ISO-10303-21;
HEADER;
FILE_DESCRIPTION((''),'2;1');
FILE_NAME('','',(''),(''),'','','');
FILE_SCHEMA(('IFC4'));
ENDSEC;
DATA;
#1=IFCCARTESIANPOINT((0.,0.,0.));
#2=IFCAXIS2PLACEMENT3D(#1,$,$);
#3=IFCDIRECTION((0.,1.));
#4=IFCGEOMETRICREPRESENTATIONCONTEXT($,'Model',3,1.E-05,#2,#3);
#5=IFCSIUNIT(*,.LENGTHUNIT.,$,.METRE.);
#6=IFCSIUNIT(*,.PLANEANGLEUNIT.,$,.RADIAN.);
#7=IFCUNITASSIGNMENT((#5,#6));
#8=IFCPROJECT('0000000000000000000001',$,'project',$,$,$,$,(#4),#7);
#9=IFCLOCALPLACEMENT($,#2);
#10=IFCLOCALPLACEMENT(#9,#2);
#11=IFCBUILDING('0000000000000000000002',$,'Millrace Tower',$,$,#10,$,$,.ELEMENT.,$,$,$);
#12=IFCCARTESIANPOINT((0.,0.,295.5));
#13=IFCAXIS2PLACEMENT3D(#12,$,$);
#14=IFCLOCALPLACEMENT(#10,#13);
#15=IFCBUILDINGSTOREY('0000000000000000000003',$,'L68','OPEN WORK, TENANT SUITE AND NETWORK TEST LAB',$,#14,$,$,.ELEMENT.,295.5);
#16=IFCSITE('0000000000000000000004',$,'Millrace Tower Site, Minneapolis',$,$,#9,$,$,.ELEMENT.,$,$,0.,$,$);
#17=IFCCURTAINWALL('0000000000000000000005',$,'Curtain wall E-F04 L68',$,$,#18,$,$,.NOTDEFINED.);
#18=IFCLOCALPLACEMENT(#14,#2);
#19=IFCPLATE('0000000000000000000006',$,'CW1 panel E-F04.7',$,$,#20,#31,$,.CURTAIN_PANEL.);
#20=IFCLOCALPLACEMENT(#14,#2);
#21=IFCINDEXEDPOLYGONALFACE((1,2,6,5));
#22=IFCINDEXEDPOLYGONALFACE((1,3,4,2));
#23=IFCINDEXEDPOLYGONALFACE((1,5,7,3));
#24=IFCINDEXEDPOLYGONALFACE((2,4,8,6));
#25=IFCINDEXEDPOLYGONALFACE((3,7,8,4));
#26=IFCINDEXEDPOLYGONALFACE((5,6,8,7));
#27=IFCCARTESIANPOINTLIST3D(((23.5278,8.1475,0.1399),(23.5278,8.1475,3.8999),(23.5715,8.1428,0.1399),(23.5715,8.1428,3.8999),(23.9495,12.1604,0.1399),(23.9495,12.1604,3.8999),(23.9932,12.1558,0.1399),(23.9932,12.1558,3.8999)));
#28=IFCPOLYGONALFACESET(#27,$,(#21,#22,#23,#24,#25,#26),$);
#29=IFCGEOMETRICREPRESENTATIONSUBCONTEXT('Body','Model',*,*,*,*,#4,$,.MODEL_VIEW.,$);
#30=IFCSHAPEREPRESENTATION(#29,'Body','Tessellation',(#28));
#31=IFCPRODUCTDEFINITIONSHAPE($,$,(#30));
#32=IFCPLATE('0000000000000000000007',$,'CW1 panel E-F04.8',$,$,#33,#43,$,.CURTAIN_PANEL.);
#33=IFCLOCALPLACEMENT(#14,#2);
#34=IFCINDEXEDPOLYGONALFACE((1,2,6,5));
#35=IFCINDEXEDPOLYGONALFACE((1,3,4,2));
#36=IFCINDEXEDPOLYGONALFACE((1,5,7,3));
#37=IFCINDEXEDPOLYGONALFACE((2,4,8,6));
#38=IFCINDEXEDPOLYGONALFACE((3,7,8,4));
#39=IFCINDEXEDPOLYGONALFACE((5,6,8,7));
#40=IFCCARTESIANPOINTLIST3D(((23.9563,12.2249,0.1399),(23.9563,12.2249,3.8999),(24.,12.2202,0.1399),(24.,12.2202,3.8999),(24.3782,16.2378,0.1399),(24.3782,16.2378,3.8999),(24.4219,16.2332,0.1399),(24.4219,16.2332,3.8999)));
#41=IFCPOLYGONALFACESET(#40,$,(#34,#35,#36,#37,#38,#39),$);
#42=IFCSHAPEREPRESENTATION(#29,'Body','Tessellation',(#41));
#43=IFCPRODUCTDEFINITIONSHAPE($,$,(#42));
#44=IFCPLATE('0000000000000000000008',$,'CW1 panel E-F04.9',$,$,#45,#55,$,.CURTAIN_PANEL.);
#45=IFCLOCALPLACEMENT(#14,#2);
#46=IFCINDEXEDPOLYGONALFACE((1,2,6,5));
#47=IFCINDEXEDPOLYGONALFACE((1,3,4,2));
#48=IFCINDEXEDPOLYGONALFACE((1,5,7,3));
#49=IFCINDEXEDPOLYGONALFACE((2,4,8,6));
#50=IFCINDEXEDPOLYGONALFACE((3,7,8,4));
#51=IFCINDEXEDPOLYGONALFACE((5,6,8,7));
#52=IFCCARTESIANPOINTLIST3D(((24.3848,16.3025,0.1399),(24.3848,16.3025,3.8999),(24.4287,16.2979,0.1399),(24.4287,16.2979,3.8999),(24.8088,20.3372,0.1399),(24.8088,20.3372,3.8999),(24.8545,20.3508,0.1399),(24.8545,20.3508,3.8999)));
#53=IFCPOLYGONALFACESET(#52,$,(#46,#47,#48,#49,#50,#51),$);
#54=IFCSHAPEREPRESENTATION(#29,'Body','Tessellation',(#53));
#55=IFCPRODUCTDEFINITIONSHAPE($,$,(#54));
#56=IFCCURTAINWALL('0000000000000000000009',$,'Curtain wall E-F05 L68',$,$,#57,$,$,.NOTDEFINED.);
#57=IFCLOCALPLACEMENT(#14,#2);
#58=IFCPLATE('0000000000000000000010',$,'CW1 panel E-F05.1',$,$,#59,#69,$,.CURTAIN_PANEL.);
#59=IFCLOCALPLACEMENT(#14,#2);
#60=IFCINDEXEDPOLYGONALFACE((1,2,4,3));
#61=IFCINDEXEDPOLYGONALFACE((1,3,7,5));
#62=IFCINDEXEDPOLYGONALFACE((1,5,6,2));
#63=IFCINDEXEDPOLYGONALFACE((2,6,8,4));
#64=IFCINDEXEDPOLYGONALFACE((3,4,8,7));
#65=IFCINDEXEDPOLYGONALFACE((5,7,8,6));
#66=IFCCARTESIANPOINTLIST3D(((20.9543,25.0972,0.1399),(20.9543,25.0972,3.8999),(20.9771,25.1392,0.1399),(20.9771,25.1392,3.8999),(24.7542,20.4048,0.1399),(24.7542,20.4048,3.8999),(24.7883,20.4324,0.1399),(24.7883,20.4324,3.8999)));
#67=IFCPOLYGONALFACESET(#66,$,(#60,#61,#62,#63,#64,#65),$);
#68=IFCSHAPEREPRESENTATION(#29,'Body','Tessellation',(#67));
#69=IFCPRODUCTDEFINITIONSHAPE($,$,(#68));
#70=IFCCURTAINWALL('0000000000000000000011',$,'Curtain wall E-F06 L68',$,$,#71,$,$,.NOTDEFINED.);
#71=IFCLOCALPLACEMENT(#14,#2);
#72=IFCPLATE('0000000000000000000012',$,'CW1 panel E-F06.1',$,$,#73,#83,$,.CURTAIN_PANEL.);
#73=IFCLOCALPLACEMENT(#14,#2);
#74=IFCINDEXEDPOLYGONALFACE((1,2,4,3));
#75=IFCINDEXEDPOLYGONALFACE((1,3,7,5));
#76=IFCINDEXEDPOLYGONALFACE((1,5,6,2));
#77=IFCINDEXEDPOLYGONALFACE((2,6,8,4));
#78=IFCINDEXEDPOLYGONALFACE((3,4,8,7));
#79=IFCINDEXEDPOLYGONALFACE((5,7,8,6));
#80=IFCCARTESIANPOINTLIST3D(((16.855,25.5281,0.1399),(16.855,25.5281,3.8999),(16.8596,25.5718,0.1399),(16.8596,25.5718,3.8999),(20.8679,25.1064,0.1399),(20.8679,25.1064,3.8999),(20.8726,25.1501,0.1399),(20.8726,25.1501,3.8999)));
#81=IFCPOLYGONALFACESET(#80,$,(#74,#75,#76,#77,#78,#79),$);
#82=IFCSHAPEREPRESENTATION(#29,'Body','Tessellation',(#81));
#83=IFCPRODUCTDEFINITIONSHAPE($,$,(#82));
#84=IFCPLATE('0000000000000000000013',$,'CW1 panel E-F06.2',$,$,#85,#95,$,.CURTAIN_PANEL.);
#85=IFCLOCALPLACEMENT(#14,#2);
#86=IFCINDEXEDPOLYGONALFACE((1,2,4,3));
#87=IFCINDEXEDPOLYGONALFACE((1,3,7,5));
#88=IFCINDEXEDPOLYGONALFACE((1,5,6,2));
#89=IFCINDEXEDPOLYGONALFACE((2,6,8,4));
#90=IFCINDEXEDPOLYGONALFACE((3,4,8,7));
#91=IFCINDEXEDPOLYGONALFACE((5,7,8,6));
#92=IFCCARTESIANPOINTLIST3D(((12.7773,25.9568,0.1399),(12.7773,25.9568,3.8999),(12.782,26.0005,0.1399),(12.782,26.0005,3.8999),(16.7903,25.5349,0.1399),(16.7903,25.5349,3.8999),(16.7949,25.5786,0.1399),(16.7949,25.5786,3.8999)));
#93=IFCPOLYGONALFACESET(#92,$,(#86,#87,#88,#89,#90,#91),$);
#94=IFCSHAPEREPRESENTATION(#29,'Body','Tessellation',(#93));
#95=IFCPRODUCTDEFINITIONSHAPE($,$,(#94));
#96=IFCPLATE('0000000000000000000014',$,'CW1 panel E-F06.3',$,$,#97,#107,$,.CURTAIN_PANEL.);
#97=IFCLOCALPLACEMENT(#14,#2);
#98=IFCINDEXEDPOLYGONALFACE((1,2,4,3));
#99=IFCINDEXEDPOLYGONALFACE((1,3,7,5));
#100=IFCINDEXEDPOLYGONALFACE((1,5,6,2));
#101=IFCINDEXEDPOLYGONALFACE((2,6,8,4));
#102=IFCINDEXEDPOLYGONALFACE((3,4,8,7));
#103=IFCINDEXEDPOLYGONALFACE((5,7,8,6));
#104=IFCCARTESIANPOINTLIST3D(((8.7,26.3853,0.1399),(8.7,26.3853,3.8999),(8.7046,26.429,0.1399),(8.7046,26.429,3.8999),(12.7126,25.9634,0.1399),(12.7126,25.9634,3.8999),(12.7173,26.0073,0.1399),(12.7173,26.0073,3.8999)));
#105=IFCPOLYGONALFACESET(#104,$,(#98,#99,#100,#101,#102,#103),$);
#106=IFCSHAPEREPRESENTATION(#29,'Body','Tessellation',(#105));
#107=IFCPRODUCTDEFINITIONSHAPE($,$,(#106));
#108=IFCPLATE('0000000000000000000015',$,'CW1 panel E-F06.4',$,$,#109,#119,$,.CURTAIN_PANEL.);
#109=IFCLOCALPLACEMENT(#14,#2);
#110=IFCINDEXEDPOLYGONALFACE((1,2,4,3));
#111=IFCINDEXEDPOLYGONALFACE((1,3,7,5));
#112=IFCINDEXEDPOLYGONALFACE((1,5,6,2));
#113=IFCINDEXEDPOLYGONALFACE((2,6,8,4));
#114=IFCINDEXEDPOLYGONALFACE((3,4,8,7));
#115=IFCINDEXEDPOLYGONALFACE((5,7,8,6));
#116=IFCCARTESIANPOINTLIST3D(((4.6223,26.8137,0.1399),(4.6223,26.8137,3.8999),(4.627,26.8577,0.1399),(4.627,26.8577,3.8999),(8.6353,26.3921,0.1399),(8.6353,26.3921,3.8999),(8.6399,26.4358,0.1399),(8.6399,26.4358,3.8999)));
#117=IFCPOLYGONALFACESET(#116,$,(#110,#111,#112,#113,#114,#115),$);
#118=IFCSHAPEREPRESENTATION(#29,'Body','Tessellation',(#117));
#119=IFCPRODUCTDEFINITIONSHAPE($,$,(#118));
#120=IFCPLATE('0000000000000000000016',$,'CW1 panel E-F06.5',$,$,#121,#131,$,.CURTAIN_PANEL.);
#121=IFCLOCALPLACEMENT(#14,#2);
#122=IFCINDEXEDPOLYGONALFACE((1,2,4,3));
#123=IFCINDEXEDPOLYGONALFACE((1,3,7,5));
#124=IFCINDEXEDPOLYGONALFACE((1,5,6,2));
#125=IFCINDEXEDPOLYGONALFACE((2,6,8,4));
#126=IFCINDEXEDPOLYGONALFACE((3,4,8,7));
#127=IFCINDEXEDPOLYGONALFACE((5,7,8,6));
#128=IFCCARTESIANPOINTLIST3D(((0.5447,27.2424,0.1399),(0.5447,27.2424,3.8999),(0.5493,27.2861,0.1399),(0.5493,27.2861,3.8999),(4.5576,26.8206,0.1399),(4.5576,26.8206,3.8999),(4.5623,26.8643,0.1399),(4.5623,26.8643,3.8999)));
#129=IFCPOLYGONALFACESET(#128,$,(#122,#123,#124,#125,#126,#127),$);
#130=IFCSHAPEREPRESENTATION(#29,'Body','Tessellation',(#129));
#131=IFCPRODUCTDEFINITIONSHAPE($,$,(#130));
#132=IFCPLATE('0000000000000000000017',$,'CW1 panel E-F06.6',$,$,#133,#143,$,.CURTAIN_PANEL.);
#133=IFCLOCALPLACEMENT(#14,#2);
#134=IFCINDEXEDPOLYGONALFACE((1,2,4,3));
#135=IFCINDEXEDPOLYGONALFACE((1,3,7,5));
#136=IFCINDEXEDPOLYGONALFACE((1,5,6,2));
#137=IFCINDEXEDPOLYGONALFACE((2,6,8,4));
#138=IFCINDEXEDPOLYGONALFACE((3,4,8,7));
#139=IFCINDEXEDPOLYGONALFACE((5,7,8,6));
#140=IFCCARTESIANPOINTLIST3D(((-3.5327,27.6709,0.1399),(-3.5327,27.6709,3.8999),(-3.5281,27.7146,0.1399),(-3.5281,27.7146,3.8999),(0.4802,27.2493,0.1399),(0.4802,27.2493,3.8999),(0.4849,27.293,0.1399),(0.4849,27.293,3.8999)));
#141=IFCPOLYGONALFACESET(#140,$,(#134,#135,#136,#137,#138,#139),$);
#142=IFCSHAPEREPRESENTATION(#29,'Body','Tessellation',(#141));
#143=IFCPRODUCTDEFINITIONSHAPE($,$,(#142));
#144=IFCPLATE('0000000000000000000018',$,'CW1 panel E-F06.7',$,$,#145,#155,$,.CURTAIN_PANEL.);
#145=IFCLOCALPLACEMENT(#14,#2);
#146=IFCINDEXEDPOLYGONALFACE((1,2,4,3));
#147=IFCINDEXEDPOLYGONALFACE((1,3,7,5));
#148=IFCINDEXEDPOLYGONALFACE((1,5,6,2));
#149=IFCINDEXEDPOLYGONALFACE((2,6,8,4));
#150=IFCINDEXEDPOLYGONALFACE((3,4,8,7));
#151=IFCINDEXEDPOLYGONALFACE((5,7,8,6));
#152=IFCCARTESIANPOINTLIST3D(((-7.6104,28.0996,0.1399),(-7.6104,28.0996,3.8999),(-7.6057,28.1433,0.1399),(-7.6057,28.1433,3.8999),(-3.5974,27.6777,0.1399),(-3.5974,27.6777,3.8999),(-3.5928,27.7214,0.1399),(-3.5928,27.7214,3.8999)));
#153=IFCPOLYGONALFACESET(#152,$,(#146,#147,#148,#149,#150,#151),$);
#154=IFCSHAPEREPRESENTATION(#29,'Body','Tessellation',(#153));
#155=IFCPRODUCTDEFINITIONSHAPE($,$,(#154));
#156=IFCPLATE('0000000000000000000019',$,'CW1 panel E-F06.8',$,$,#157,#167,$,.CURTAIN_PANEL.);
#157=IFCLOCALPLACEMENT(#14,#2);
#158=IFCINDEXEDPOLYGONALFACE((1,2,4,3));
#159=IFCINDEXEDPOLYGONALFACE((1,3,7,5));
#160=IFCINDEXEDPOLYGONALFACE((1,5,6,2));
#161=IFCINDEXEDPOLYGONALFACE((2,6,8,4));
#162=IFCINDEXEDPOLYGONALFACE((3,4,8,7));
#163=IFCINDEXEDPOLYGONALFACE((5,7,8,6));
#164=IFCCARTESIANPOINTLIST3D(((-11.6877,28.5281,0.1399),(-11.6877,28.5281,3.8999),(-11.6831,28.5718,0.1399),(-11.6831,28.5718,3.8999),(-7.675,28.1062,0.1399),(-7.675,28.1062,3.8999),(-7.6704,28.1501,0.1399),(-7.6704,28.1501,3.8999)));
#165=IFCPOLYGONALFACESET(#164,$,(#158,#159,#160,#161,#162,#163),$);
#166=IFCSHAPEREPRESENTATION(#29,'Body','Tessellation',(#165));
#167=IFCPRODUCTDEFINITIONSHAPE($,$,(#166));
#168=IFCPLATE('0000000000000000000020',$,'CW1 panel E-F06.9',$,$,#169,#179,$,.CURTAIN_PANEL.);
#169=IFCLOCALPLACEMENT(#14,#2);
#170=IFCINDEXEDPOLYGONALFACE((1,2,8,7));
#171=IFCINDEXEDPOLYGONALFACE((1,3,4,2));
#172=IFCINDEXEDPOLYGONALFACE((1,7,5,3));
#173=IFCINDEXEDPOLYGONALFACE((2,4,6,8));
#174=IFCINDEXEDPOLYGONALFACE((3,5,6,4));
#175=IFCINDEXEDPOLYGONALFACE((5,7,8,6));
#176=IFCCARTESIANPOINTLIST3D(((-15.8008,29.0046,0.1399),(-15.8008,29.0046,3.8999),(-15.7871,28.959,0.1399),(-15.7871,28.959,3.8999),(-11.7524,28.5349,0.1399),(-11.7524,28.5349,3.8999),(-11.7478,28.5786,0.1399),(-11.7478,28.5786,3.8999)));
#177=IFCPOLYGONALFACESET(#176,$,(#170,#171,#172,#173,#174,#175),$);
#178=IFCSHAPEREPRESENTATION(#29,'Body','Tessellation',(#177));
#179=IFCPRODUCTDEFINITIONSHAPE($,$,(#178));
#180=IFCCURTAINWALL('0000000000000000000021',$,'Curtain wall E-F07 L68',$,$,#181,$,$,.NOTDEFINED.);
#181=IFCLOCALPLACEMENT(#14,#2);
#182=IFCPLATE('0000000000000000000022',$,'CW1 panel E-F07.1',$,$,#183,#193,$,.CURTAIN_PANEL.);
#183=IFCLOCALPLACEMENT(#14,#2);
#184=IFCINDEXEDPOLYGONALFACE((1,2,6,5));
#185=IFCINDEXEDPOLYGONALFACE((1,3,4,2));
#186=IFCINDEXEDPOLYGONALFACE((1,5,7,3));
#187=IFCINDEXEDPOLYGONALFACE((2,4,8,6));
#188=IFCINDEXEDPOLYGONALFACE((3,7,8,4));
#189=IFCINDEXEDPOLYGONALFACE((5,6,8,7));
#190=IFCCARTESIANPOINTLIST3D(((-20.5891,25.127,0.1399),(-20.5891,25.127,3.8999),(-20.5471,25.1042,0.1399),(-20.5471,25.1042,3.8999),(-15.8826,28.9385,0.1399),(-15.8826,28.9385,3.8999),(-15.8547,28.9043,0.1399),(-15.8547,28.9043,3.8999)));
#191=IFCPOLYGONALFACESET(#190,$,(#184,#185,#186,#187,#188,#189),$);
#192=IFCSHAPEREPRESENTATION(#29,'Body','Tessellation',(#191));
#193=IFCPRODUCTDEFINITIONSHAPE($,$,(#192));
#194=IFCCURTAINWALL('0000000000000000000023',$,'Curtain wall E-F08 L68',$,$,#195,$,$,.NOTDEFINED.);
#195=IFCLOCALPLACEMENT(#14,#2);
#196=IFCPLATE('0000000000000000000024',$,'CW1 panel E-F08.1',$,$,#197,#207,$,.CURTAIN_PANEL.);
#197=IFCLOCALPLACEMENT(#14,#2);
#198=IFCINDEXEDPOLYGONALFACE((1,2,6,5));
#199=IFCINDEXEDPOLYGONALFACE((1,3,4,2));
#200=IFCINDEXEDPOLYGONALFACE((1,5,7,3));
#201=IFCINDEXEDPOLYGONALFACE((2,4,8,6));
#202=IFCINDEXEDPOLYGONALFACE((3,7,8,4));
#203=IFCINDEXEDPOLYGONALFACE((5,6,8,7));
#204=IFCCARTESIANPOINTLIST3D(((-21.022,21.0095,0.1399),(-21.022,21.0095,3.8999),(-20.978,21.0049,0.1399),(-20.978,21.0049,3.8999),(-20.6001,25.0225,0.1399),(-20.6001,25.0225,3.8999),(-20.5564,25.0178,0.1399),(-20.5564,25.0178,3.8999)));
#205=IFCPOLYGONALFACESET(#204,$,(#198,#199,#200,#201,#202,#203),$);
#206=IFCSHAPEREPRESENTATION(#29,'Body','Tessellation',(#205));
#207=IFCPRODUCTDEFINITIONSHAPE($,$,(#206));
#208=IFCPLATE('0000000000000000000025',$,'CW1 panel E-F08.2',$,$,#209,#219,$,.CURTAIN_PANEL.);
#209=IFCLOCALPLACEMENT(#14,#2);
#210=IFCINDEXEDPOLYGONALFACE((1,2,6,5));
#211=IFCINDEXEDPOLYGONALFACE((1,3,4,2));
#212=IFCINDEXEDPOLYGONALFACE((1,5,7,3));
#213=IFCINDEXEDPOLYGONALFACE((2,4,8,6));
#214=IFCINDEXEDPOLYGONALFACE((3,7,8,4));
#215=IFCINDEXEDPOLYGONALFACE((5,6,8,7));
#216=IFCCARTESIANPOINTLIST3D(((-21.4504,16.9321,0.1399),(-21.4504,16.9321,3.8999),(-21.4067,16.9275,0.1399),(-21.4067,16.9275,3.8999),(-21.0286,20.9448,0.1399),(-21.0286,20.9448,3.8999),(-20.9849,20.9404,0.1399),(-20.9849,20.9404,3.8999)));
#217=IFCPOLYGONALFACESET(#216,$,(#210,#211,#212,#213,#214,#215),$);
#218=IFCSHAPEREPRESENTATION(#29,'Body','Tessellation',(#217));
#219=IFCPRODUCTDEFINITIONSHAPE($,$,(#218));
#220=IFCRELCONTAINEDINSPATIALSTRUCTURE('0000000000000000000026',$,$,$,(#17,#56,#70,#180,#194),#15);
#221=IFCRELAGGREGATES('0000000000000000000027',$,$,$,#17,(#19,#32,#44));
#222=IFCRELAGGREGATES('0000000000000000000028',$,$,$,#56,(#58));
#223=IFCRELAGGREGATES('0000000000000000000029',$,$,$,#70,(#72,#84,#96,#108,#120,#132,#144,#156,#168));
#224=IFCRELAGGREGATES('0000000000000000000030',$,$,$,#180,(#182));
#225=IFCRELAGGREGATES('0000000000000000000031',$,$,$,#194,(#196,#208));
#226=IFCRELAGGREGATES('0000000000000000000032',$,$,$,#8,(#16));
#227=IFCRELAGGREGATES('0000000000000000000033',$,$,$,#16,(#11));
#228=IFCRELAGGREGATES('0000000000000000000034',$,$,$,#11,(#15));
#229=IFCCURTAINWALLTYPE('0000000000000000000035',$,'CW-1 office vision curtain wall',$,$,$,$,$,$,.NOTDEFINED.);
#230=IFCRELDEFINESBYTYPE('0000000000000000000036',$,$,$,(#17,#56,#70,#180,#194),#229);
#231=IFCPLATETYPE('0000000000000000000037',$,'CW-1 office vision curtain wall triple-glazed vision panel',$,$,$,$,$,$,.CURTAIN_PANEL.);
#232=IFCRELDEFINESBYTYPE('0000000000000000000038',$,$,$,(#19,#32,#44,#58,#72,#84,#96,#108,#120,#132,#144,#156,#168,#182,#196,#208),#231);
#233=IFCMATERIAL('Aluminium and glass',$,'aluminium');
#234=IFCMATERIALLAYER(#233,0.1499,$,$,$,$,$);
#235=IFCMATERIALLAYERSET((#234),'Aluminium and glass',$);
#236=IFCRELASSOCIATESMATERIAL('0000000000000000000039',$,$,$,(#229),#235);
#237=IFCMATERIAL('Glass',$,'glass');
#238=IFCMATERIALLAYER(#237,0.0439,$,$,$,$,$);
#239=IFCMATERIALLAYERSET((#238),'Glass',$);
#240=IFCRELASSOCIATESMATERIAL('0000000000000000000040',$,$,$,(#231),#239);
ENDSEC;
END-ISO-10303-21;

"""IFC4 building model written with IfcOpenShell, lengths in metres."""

from ifc_helpers import new_model, si_unit, direction, frame, origin, place, context, subcontext, project, spatial, polyline, outline, extrude, material, layer, layer_set, type_object, element, aggregate, save


model = new_model("IFC4")

# Units and contexts
model_context = context("Model", 3, precision=1e-05, world=origin(), true_north=direction((0.0, 1.0)))
body_context = subcontext(model_context, "Body", "Model", "MODEL_VIEW")
ifc_project = project(units=[si_unit("LENGTHUNIT", "METRE"), si_unit("PLANEANGLEUNIT", "RADIAN")], contexts=[model_context])

# Site, building, storey
site_placement = place(None, origin())
site = spatial("IfcSite", under=ifc_project, at=site_placement, Name="Millrace Tower Site, Minneapolis", CompositionType="ELEMENT", RefElevation=0.0)
building_placement = place(site_placement, origin())
building = spatial("IfcBuilding", under=site, at=building_placement, Name="Millrace Tower", CompositionType="ELEMENT")
storey_placement = place(building_placement, frame((0.0, 0.0, 295.5)))
storey = spatial("IfcBuildingStorey", under=building, at=storey_placement, Name="L68", Description="OPEN WORK, TENANT SUITE AND NETWORK TEST LAB", CompositionType="ELEMENT", Elevation=295.5)

# Curtain wall, plates
ifc_material_1 = material(Name="Aluminium and glass", Category="aluminium")
ifc_layer_1 = layer(ifc_material_1, 0.1499)
ifc_layer_set_1 = layer_set([ifc_layer_1], Name="Aluminium and glass")
curtain_wall_type = type_object("IfcCurtainWallType", Name="CW-1 office vision curtain wall", PredefinedType="NOTDEFINED", material=ifc_layer_set_1)
placement_1 = place(storey_placement, origin())
curtain_wall_1 = element("IfcCurtainWall", 1, at=placement_1, inside=storey, type_object=curtain_wall_type, Name="Curtain wall E-F04 L68", PredefinedType="NOTDEFINED")
ifc_material_2 = material(Name="Glass", Category="glass")
ifc_layer_2 = layer(ifc_material_2, 0.0439)
ifc_layer_set_2 = layer_set([ifc_layer_2], Name="Glass")
plate_type = type_object("IfcPlateType", Name="CW-1 office vision curtain wall triple-glazed vision panel", PredefinedType="CURTAIN_PANEL", material=ifc_layer_set_2)
placement_2 = place(storey_placement, frame((0.0, 0.0, 0.1399)))
plate_1 = element("IfcPlate", 2, at=placement_2, type_object=plate_type, Name="CW1 panel E-F04.7", PredefinedType="CURTAIN_PANEL", context=body_context, shape_type="SweptSolid", body=[
    extrude(outline(polyline([(23.5715, 8.1428), (23.9932, 12.1558), (23.9495, 12.1604), (23.5278, 8.1475), (23.5715, 8.1428)])), origin(), (0.0, 0.0, 1.0), 3.76),
])
plate_2 = element("IfcPlate", 3, at=placement_2, type_object=plate_type, Name="CW1 panel E-F04.8", PredefinedType="CURTAIN_PANEL", context=body_context, shape_type="SweptSolid", body=[
    extrude(outline(polyline([(24.0, 12.2202), (24.4219, 16.2332), (24.3782, 16.2378), (23.9563, 12.2249), (24.0, 12.2202)])), origin(), (0.0, 0.0, 1.0), 3.76),
])
plate_3 = element("IfcPlate", 4, at=placement_2, type_object=plate_type, Name="CW1 panel E-F04.9", PredefinedType="CURTAIN_PANEL", context=body_context, shape_type="SweptSolid", body=[
    extrude(outline(polyline([(24.4287, 16.2979), (24.8545, 20.3508), (24.8088, 20.3372), (24.3848, 16.3025), (24.4287, 16.2979)])), origin(), (0.0, 0.0, 1.0), 3.76),
])
aggregate(curtain_wall_1, [plate_1, plate_2, plate_3])

# Curtain wall, plate
curtain_wall_2 = element("IfcCurtainWall", 5, at=placement_1, inside=storey, type_object=curtain_wall_type, Name="Curtain wall E-F05 L68", PredefinedType="NOTDEFINED")
plate_4 = element("IfcPlate", 6, at=placement_2, type_object=plate_type, Name="CW1 panel E-F05.1", PredefinedType="CURTAIN_PANEL", context=body_context, shape_type="SweptSolid", body=[
    extrude(outline(polyline([(24.7883, 20.4324), (20.9771, 25.1392), (20.9543, 25.0972), (24.7542, 20.4048), (24.7883, 20.4324)])), origin(), (0.0, 0.0, 1.0), 3.76),
])
aggregate(curtain_wall_2, [plate_4])

# Curtain wall, plates
curtain_wall_3 = element("IfcCurtainWall", 7, at=placement_1, inside=storey, type_object=curtain_wall_type, Name="Curtain wall E-F06 L68", PredefinedType="NOTDEFINED")
plate_5 = element("IfcPlate", 8, at=placement_2, type_object=plate_type, Name="CW1 panel E-F06.1", PredefinedType="CURTAIN_PANEL", context=body_context, shape_type="SweptSolid", body=[
    extrude(outline(polyline([(20.8726, 25.1501), (16.8596, 25.5718), (16.855, 25.5281), (20.8679, 25.1064), (20.8726, 25.1501)])), origin(), (0.0, 0.0, 1.0), 3.76),
])
plate_6 = element("IfcPlate", 9, at=placement_2, type_object=plate_type, Name="CW1 panel E-F06.2", PredefinedType="CURTAIN_PANEL", context=body_context, shape_type="SweptSolid", body=[
    extrude(outline(polyline([(16.7949, 25.5786), (12.782, 26.0005), (12.7773, 25.9568), (16.7903, 25.5349), (16.7949, 25.5786)])), origin(), (0.0, 0.0, 1.0), 3.76),
])
plate_7 = element("IfcPlate", 10, at=placement_2, type_object=plate_type, Name="CW1 panel E-F06.3", PredefinedType="CURTAIN_PANEL", context=body_context, shape_type="SweptSolid", body=[
    extrude(outline(polyline([(12.7173, 26.0073), (8.7046, 26.429), (8.7, 26.3853), (12.7126, 25.9634), (12.7173, 26.0073)])), origin(), (0.0, 0.0, 1.0), 3.76),
])
plate_8 = element("IfcPlate", 11, at=placement_2, type_object=plate_type, Name="CW1 panel E-F06.4", PredefinedType="CURTAIN_PANEL", context=body_context, shape_type="SweptSolid", body=[
    extrude(outline(polyline([(8.6399, 26.4358), (4.627, 26.8577), (4.6223, 26.8137), (8.6353, 26.3921), (8.6399, 26.4358)])), origin(), (0.0, 0.0, 1.0), 3.76),
])
plate_9 = element("IfcPlate", 12, at=placement_2, type_object=plate_type, Name="CW1 panel E-F06.5", PredefinedType="CURTAIN_PANEL", context=body_context, shape_type="SweptSolid", body=[
    extrude(outline(polyline([(4.5623, 26.8643), (0.5493, 27.2861), (0.5447, 27.2424), (4.5576, 26.8206), (4.5623, 26.8643)])), origin(), (0.0, 0.0, 1.0), 3.76),
])
plate_10 = element("IfcPlate", 13, at=placement_2, type_object=plate_type, Name="CW1 panel E-F06.6", PredefinedType="CURTAIN_PANEL", context=body_context, shape_type="SweptSolid", body=[
    extrude(outline(polyline([(0.4849, 27.293), (-3.5281, 27.7146), (-3.5327, 27.6709), (0.4802, 27.2493), (0.4849, 27.293)])), origin(), (0.0, 0.0, 1.0), 3.76),
])
plate_11 = element("IfcPlate", 14, at=placement_2, type_object=plate_type, Name="CW1 panel E-F06.7", PredefinedType="CURTAIN_PANEL", context=body_context, shape_type="SweptSolid", body=[
    extrude(outline(polyline([(-3.5928, 27.7214), (-7.6057, 28.1433), (-7.6104, 28.0996), (-3.5974, 27.6777), (-3.5928, 27.7214)])), origin(), (0.0, 0.0, 1.0), 3.76),
])
plate_12 = element("IfcPlate", 15, at=placement_2, type_object=plate_type, Name="CW1 panel E-F06.8", PredefinedType="CURTAIN_PANEL", context=body_context, shape_type="SweptSolid", body=[
    extrude(outline(polyline([(-7.6704, 28.1501), (-11.6831, 28.5718), (-11.6877, 28.5281), (-7.675, 28.1062), (-7.6704, 28.1501)])), origin(), (0.0, 0.0, 1.0), 3.76),
])
plate_13 = element("IfcPlate", 16, at=placement_2, type_object=plate_type, Name="CW1 panel E-F06.9", PredefinedType="CURTAIN_PANEL", context=body_context, shape_type="SweptSolid", body=[
    extrude(outline(polyline([(-11.7478, 28.5786), (-15.8008, 29.0046), (-15.7871, 28.959), (-11.7524, 28.5349), (-11.7478, 28.5786)])), origin(), (0.0, 0.0, 1.0), 3.76),
])
aggregate(curtain_wall_3, [plate_5, plate_6, plate_7, plate_8, plate_9, plate_10, plate_11, plate_12, plate_13])

# Curtain wall, plate
curtain_wall_4 = element("IfcCurtainWall", 17, at=placement_1, inside=storey, type_object=curtain_wall_type, Name="Curtain wall E-F07 L68", PredefinedType="NOTDEFINED")
plate_14 = element("IfcPlate", 18, at=placement_2, type_object=plate_type, Name="CW1 panel E-F07.1", PredefinedType="CURTAIN_PANEL", context=body_context, shape_type="SweptSolid", body=[
    extrude(outline(polyline([(-15.8826, 28.9385), (-20.5891, 25.127), (-20.5471, 25.1042), (-15.8547, 28.9043), (-15.8826, 28.9385)])), origin(), (0.0, 0.0, 1.0), 3.76),
])
aggregate(curtain_wall_4, [plate_14])

# Curtain wall, plates
curtain_wall_5 = element("IfcCurtainWall", 19, at=placement_1, inside=storey, type_object=curtain_wall_type, Name="Curtain wall E-F08 L68", PredefinedType="NOTDEFINED")
plate_15 = element("IfcPlate", 20, at=placement_2, type_object=plate_type, Name="CW1 panel E-F08.1", PredefinedType="CURTAIN_PANEL", context=body_context, shape_type="SweptSolid", body=[
    extrude(outline(polyline([(-20.6001, 25.0225), (-21.022, 21.0095), (-20.978, 21.0049), (-20.5564, 25.0178), (-20.6001, 25.0225)])), origin(), (0.0, 0.0, 1.0), 3.76),
])
plate_16 = element("IfcPlate", 21, at=placement_2, type_object=plate_type, Name="CW1 panel E-F08.2", PredefinedType="CURTAIN_PANEL", context=body_context, shape_type="SweptSolid", body=[
    extrude(outline(polyline([(-21.0286, 20.9448), (-21.4504, 16.9321), (-21.4067, 16.9275), (-20.9849, 20.9404), (-21.0286, 20.9448)])), origin(), (0.0, 0.0, 1.0), 3.76),
])
aggregate(curtain_wall_5, [plate_15, plate_16])

save(model, "model.ifc")
